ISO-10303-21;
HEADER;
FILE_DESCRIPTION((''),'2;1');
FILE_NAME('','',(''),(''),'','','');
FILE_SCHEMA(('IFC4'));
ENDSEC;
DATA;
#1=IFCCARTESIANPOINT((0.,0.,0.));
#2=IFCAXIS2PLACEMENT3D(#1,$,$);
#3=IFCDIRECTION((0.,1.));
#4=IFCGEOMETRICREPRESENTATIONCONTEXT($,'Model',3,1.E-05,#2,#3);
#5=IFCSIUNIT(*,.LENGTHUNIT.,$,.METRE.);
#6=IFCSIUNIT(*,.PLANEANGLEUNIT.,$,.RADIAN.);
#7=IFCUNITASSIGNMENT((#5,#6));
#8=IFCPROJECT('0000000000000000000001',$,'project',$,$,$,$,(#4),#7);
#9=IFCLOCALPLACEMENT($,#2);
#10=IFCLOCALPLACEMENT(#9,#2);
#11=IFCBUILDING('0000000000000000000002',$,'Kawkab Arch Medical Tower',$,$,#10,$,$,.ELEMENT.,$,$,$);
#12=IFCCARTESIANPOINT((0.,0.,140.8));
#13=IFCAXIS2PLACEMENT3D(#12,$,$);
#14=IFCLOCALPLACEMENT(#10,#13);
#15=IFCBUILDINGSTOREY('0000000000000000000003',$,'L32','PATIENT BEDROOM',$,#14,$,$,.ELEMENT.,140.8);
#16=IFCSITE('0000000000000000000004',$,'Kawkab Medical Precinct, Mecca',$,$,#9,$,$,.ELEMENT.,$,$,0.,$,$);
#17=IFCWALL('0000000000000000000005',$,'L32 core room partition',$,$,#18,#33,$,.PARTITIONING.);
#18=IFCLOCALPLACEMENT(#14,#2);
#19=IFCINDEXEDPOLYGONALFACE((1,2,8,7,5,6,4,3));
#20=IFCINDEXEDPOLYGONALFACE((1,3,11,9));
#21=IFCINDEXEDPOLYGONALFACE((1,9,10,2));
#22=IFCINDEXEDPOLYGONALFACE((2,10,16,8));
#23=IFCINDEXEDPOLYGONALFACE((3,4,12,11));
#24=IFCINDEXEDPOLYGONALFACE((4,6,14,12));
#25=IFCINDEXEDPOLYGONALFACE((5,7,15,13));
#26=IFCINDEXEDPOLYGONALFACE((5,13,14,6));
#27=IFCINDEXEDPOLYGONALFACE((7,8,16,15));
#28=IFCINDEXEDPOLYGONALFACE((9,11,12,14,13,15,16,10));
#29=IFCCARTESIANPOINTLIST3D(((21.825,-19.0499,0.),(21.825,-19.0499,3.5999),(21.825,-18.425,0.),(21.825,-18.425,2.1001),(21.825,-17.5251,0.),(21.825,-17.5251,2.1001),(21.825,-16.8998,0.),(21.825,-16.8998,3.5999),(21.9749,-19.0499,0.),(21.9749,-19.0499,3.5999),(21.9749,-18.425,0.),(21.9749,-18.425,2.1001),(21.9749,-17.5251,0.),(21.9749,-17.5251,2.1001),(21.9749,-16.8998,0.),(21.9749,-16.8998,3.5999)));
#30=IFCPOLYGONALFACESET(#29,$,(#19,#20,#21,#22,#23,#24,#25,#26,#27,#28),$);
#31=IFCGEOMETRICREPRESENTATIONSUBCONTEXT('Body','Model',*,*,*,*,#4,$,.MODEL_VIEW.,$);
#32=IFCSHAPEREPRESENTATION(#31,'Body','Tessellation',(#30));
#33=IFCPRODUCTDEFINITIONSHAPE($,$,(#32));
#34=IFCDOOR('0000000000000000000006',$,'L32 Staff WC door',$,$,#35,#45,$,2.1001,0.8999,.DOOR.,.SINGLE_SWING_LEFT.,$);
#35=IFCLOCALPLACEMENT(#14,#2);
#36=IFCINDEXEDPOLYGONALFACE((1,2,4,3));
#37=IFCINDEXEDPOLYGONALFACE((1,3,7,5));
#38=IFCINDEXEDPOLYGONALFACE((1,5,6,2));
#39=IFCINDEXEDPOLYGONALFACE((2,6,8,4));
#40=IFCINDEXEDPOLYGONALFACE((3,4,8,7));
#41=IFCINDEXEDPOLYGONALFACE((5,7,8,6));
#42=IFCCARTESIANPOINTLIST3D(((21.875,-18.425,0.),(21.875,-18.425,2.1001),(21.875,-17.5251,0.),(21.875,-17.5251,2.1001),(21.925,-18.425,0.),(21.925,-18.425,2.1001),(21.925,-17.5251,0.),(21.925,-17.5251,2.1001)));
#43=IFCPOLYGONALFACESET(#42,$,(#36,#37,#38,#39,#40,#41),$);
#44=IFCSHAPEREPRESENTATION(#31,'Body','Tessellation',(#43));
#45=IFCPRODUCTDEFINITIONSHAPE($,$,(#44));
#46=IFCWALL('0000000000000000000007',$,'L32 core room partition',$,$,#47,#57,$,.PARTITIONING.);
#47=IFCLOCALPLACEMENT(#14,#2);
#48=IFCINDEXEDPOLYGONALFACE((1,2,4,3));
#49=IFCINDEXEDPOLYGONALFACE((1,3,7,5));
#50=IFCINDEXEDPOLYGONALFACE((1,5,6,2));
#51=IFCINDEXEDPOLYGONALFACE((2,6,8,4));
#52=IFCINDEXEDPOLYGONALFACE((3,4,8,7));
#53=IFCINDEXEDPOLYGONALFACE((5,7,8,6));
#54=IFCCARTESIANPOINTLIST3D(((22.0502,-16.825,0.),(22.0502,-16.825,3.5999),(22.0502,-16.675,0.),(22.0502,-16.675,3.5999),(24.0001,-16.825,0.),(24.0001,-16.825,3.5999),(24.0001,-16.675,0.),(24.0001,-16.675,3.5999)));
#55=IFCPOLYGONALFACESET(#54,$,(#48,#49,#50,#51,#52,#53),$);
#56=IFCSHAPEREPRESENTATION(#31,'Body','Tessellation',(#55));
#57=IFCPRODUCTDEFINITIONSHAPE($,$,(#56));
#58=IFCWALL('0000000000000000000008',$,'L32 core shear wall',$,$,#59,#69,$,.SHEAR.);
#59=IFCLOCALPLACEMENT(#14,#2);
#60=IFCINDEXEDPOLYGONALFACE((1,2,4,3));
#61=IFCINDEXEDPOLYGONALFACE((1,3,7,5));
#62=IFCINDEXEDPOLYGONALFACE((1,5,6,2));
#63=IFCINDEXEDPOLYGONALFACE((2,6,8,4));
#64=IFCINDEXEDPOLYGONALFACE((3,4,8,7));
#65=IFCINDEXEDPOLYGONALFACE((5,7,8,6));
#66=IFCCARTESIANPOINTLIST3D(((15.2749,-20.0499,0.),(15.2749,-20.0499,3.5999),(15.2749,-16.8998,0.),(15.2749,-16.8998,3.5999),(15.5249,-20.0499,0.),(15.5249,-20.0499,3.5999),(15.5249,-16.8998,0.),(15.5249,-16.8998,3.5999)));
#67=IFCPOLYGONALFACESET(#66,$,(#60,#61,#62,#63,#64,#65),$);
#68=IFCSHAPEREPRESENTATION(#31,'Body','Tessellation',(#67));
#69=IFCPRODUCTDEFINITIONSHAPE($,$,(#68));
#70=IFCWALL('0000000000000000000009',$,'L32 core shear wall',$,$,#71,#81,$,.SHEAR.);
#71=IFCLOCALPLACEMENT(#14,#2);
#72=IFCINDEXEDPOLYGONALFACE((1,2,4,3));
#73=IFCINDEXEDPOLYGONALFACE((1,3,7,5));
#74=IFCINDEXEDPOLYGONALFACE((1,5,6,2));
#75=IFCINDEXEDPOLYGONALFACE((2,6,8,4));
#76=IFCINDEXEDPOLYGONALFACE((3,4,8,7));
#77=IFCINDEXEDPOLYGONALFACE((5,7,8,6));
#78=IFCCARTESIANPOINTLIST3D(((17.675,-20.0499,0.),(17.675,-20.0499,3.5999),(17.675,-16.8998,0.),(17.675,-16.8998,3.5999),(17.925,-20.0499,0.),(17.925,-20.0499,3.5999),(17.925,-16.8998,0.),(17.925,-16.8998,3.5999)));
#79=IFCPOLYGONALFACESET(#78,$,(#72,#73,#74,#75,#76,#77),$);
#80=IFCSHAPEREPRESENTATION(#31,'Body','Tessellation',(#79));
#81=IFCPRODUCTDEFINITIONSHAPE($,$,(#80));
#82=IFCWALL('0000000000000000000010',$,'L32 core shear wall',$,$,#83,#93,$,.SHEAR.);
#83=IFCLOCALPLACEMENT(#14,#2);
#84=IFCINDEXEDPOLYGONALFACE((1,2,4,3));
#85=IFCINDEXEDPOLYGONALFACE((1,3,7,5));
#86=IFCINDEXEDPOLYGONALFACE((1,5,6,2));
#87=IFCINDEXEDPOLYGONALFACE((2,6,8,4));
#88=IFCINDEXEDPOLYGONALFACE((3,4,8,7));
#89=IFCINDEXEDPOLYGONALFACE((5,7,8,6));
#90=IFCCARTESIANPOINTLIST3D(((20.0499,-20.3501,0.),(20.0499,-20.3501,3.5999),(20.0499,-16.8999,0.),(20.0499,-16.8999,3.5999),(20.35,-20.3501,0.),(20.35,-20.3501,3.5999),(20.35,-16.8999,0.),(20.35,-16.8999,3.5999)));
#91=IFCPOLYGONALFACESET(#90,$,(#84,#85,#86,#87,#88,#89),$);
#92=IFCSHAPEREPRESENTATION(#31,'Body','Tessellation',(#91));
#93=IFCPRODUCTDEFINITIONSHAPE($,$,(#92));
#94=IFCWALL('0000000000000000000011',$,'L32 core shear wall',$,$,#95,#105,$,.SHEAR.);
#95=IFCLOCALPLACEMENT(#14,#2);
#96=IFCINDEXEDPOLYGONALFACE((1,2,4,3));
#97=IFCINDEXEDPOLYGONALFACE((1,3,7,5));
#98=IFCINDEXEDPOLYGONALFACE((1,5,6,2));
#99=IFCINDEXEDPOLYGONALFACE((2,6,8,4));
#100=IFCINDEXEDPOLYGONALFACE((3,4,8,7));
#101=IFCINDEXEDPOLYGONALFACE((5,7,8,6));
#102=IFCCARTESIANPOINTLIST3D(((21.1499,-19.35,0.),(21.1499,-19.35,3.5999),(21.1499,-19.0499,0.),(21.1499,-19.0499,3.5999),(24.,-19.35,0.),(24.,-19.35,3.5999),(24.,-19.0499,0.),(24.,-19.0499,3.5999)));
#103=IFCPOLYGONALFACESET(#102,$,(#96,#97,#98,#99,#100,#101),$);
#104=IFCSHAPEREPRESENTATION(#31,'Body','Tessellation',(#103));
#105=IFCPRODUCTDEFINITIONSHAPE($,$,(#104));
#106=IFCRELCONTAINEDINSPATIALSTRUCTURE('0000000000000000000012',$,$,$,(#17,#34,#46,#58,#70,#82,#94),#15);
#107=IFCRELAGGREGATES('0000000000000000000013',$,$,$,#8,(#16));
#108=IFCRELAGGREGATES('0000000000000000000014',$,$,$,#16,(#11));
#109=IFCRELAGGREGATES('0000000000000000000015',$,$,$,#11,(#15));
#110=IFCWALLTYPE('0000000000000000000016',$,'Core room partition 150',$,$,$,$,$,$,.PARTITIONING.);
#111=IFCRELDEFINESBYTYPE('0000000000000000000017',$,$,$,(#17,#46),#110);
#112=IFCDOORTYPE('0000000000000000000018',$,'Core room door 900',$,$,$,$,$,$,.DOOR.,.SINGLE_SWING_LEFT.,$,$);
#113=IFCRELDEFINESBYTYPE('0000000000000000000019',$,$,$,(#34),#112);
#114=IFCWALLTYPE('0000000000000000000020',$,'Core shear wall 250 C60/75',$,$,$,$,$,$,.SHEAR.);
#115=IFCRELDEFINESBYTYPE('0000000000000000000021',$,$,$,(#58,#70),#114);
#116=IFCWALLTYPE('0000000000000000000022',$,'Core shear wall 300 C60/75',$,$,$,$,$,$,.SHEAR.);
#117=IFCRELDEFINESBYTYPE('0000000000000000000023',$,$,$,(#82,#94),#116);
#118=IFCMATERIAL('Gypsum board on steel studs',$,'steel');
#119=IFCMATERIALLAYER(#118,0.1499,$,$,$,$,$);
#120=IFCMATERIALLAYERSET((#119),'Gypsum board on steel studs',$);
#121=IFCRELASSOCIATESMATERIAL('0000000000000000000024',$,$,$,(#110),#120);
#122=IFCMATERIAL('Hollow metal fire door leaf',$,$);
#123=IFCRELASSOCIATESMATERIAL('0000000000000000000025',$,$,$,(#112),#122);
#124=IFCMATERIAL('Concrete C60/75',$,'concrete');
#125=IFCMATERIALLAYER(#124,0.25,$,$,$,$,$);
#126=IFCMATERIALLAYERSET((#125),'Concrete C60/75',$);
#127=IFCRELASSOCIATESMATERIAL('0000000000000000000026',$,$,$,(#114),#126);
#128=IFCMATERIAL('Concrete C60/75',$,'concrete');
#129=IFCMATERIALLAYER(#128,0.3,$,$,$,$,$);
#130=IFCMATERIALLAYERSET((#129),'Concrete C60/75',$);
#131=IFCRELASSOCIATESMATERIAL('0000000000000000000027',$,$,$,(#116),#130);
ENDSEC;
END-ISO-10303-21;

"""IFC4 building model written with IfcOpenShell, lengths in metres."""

from ifc_helpers import new_model, si_unit, direction, frame, frame_2d, origin, place, context, subcontext, project, spatial, rectangle, extrude, material, layer, layer_set, type_object, element, fill, save


model = new_model("IFC4")

# Units and contexts
model_context = context("Model", 3, precision=1e-05, world=origin(), true_north=direction((0.0, 1.0)))
body_context = subcontext(model_context, "Body", "Model", "MODEL_VIEW")
ifc_project = project(units=[si_unit("LENGTHUNIT", "METRE"), si_unit("PLANEANGLEUNIT", "RADIAN")], contexts=[model_context])

# Site, building, storey
site_placement = place(None, origin())
site = spatial("IfcSite", under=ifc_project, at=site_placement, Name="Kawkab Medical Precinct, Mecca", CompositionType="ELEMENT", RefElevation=0.0)
building_placement = place(site_placement, origin())
building = spatial("IfcBuilding", under=site, at=building_placement, Name="Kawkab Arch Medical Tower", CompositionType="ELEMENT")
storey_placement = place(building_placement, frame((0.0, 0.0, 140.8)))
storey = spatial("IfcBuildingStorey", under=building, at=storey_placement, Name="L32", Description="PATIENT BEDROOM", CompositionType="ELEMENT", Elevation=140.8)

# Wall, opening, door
ifc_material_1 = material(Name="Gypsum board on steel studs", Category="steel")
ifc_layer_1 = layer(ifc_material_1, 0.1499)
ifc_layer_set_1 = layer_set([ifc_layer_1], Name="Gypsum board on steel studs")
wall_type_1 = type_object("IfcWallType", Name="Core room partition 150", PredefinedType="PARTITIONING", material=ifc_layer_set_1)
wall_1_placement = place(storey_placement, frame((21.8999, -19.05, 0.0), z_axis=(0.0, 0.0, 1.0), x_axis=(0.0, 1.0, 0.0)))
wall_1 = element("IfcWall", 1, at=wall_1_placement, inside=storey, type_object=wall_type_1, Name="L32 core room partition", PredefinedType="PARTITIONING", context=body_context, shape_type="SweptSolid", body=[
    extrude(rectangle(XDim=2.1501, YDim=0.1499, at=frame_2d((1.0752, 0.0))), origin(), (0.0, 0.0, 1.0), 3.5999),
])
opening_1_placement = place(wall_1_placement, frame((0.625, 0.0, 0.0)))
opening_1 = element("IfcOpeningElement", 2, at=opening_1_placement, cuts=wall_1, PredefinedType="OPENING", context=body_context, shape_type="SweptSolid", body=[
    extrude(rectangle(XDim=0.8999, YDim=2.1001, at=frame_2d((0.45, 1.05))), frame((0.0, 0.085, 0.0), z_axis=(0.0, -1.0, 0.0), x_axis=(1.0, 0.0, 0.0)), (0.0, 0.0, 1.0), 0.1699),
])
ifc_material_2 = material(Name="Hollow metal fire door leaf")
door_type_1 = type_object("IfcDoorType", Name="Core room door 900", OperationType="SINGLE_SWING_LEFT", PredefinedType="DOOR", material=ifc_material_2)
door_1_placement = place(opening_1_placement, origin())
door_1 = element("IfcDoor", 3, at=door_1_placement, inside=storey, type_object=door_type_1, Name="L32 Staff WC door", OperationType="SINGLE_SWING_LEFT", OverallHeight=2.1001, OverallWidth=0.8999, PredefinedType="DOOR", context=body_context, shape_type="SweptSolid", body=[
    extrude(rectangle(XDim=0.8999, YDim=2.1001, at=frame_2d((0.45, 1.05))), frame((0.0, 0.0249, 0.0), z_axis=(0.0, -1.0, 0.0), x_axis=(1.0, 0.0, 0.0)), (0.0, 0.0, 1.0), 0.05),
])
fill(opening_1, door_1)

# Walls
wall_2_placement = place(storey_placement, frame((22.05, -16.75, 0.0), z_axis=(0.0, 0.0, 1.0), x_axis=(1.0, 0.0, 0.0)))
element("IfcWall", 4, at=wall_2_placement, inside=storey, type_object=wall_type_1, Name="L32 core room partition", PredefinedType="PARTITIONING", context=body_context, shape_type="SweptSolid", body=[
    extrude(rectangle(XDim=1.95, YDim=0.1499, at=frame_2d((0.9751, 0.0))), origin(), (0.0, 0.0, 1.0), 3.5999),
])
ifc_material_3 = material(Name="Concrete C60/75", Category="concrete")
ifc_layer_2 = layer(ifc_material_3, 0.25)
ifc_layer_set_2 = layer_set([ifc_layer_2], Name="Concrete C60/75")
wall_type_2 = type_object("IfcWallType", Name="Core shear wall 250 C60/75", PredefinedType="SHEAR", material=ifc_layer_set_2)
for number, where, z_axis, x_axis, name in (
    (5, (15.3999, -20.05, 0.0), (0.0, 0.0, 1.0), (0.0, 1.0, 0.0), "L32 core shear wall"),
    (6, (17.8, -20.05, 0.0), (0.0, 0.0, 1.0), (0.0, 1.0, 0.0), "L32 core shear wall"),
):
    element("IfcWall", number, at=place(storey_placement, frame(where, z_axis=z_axis, x_axis=x_axis)), inside=storey, type_object=wall_type_2, Name=name, PredefinedType="SHEAR", context=body_context, shape_type="SweptSolid", body=[
        extrude(rectangle(XDim=3.1501, YDim=0.25, at=frame_2d((1.5752, 0.0))), origin(), (0.0, 0.0, 1.0), 3.5999),
    ])
ifc_material_4 = material(Name="Concrete C60/75", Category="concrete")
ifc_layer_3 = layer(ifc_material_4, 0.3)
ifc_layer_set_3 = layer_set([ifc_layer_3], Name="Concrete C60/75")
wall_type_3 = type_object("IfcWallType", Name="Core shear wall 300 C60/75", PredefinedType="SHEAR", material=ifc_layer_set_3)
wall_3_placement = place(storey_placement, frame((20.2, -20.3501, 0.0), z_axis=(0.0, 0.0, 1.0), x_axis=(0.0, 1.0, 0.0)))
element("IfcWall", 7, at=wall_3_placement, inside=storey, type_object=wall_type_3, Name="L32 core shear wall", PredefinedType="SHEAR", context=body_context, shape_type="SweptSolid", body=[
    extrude(rectangle(XDim=3.4502, YDim=0.3, at=frame_2d((1.7251, 0.0))), origin(), (0.0, 0.0, 1.0), 3.5999),
])
wall_4_placement = place(storey_placement, frame((21.1499, -19.2, 0.0), z_axis=(0.0, 0.0, 1.0), x_axis=(1.0, 0.0, 0.0)))
element("IfcWall", 8, at=wall_4_placement, inside=storey, type_object=wall_type_3, Name="L32 core shear wall", PredefinedType="SHEAR", context=body_context, shape_type="SweptSolid", body=[
    extrude(rectangle(XDim=2.8501, YDim=0.3, at=frame_2d((1.425, 0.0))), origin(), (0.0, 0.0, 1.0), 3.5999),
])

save(model, "model.ifc")
